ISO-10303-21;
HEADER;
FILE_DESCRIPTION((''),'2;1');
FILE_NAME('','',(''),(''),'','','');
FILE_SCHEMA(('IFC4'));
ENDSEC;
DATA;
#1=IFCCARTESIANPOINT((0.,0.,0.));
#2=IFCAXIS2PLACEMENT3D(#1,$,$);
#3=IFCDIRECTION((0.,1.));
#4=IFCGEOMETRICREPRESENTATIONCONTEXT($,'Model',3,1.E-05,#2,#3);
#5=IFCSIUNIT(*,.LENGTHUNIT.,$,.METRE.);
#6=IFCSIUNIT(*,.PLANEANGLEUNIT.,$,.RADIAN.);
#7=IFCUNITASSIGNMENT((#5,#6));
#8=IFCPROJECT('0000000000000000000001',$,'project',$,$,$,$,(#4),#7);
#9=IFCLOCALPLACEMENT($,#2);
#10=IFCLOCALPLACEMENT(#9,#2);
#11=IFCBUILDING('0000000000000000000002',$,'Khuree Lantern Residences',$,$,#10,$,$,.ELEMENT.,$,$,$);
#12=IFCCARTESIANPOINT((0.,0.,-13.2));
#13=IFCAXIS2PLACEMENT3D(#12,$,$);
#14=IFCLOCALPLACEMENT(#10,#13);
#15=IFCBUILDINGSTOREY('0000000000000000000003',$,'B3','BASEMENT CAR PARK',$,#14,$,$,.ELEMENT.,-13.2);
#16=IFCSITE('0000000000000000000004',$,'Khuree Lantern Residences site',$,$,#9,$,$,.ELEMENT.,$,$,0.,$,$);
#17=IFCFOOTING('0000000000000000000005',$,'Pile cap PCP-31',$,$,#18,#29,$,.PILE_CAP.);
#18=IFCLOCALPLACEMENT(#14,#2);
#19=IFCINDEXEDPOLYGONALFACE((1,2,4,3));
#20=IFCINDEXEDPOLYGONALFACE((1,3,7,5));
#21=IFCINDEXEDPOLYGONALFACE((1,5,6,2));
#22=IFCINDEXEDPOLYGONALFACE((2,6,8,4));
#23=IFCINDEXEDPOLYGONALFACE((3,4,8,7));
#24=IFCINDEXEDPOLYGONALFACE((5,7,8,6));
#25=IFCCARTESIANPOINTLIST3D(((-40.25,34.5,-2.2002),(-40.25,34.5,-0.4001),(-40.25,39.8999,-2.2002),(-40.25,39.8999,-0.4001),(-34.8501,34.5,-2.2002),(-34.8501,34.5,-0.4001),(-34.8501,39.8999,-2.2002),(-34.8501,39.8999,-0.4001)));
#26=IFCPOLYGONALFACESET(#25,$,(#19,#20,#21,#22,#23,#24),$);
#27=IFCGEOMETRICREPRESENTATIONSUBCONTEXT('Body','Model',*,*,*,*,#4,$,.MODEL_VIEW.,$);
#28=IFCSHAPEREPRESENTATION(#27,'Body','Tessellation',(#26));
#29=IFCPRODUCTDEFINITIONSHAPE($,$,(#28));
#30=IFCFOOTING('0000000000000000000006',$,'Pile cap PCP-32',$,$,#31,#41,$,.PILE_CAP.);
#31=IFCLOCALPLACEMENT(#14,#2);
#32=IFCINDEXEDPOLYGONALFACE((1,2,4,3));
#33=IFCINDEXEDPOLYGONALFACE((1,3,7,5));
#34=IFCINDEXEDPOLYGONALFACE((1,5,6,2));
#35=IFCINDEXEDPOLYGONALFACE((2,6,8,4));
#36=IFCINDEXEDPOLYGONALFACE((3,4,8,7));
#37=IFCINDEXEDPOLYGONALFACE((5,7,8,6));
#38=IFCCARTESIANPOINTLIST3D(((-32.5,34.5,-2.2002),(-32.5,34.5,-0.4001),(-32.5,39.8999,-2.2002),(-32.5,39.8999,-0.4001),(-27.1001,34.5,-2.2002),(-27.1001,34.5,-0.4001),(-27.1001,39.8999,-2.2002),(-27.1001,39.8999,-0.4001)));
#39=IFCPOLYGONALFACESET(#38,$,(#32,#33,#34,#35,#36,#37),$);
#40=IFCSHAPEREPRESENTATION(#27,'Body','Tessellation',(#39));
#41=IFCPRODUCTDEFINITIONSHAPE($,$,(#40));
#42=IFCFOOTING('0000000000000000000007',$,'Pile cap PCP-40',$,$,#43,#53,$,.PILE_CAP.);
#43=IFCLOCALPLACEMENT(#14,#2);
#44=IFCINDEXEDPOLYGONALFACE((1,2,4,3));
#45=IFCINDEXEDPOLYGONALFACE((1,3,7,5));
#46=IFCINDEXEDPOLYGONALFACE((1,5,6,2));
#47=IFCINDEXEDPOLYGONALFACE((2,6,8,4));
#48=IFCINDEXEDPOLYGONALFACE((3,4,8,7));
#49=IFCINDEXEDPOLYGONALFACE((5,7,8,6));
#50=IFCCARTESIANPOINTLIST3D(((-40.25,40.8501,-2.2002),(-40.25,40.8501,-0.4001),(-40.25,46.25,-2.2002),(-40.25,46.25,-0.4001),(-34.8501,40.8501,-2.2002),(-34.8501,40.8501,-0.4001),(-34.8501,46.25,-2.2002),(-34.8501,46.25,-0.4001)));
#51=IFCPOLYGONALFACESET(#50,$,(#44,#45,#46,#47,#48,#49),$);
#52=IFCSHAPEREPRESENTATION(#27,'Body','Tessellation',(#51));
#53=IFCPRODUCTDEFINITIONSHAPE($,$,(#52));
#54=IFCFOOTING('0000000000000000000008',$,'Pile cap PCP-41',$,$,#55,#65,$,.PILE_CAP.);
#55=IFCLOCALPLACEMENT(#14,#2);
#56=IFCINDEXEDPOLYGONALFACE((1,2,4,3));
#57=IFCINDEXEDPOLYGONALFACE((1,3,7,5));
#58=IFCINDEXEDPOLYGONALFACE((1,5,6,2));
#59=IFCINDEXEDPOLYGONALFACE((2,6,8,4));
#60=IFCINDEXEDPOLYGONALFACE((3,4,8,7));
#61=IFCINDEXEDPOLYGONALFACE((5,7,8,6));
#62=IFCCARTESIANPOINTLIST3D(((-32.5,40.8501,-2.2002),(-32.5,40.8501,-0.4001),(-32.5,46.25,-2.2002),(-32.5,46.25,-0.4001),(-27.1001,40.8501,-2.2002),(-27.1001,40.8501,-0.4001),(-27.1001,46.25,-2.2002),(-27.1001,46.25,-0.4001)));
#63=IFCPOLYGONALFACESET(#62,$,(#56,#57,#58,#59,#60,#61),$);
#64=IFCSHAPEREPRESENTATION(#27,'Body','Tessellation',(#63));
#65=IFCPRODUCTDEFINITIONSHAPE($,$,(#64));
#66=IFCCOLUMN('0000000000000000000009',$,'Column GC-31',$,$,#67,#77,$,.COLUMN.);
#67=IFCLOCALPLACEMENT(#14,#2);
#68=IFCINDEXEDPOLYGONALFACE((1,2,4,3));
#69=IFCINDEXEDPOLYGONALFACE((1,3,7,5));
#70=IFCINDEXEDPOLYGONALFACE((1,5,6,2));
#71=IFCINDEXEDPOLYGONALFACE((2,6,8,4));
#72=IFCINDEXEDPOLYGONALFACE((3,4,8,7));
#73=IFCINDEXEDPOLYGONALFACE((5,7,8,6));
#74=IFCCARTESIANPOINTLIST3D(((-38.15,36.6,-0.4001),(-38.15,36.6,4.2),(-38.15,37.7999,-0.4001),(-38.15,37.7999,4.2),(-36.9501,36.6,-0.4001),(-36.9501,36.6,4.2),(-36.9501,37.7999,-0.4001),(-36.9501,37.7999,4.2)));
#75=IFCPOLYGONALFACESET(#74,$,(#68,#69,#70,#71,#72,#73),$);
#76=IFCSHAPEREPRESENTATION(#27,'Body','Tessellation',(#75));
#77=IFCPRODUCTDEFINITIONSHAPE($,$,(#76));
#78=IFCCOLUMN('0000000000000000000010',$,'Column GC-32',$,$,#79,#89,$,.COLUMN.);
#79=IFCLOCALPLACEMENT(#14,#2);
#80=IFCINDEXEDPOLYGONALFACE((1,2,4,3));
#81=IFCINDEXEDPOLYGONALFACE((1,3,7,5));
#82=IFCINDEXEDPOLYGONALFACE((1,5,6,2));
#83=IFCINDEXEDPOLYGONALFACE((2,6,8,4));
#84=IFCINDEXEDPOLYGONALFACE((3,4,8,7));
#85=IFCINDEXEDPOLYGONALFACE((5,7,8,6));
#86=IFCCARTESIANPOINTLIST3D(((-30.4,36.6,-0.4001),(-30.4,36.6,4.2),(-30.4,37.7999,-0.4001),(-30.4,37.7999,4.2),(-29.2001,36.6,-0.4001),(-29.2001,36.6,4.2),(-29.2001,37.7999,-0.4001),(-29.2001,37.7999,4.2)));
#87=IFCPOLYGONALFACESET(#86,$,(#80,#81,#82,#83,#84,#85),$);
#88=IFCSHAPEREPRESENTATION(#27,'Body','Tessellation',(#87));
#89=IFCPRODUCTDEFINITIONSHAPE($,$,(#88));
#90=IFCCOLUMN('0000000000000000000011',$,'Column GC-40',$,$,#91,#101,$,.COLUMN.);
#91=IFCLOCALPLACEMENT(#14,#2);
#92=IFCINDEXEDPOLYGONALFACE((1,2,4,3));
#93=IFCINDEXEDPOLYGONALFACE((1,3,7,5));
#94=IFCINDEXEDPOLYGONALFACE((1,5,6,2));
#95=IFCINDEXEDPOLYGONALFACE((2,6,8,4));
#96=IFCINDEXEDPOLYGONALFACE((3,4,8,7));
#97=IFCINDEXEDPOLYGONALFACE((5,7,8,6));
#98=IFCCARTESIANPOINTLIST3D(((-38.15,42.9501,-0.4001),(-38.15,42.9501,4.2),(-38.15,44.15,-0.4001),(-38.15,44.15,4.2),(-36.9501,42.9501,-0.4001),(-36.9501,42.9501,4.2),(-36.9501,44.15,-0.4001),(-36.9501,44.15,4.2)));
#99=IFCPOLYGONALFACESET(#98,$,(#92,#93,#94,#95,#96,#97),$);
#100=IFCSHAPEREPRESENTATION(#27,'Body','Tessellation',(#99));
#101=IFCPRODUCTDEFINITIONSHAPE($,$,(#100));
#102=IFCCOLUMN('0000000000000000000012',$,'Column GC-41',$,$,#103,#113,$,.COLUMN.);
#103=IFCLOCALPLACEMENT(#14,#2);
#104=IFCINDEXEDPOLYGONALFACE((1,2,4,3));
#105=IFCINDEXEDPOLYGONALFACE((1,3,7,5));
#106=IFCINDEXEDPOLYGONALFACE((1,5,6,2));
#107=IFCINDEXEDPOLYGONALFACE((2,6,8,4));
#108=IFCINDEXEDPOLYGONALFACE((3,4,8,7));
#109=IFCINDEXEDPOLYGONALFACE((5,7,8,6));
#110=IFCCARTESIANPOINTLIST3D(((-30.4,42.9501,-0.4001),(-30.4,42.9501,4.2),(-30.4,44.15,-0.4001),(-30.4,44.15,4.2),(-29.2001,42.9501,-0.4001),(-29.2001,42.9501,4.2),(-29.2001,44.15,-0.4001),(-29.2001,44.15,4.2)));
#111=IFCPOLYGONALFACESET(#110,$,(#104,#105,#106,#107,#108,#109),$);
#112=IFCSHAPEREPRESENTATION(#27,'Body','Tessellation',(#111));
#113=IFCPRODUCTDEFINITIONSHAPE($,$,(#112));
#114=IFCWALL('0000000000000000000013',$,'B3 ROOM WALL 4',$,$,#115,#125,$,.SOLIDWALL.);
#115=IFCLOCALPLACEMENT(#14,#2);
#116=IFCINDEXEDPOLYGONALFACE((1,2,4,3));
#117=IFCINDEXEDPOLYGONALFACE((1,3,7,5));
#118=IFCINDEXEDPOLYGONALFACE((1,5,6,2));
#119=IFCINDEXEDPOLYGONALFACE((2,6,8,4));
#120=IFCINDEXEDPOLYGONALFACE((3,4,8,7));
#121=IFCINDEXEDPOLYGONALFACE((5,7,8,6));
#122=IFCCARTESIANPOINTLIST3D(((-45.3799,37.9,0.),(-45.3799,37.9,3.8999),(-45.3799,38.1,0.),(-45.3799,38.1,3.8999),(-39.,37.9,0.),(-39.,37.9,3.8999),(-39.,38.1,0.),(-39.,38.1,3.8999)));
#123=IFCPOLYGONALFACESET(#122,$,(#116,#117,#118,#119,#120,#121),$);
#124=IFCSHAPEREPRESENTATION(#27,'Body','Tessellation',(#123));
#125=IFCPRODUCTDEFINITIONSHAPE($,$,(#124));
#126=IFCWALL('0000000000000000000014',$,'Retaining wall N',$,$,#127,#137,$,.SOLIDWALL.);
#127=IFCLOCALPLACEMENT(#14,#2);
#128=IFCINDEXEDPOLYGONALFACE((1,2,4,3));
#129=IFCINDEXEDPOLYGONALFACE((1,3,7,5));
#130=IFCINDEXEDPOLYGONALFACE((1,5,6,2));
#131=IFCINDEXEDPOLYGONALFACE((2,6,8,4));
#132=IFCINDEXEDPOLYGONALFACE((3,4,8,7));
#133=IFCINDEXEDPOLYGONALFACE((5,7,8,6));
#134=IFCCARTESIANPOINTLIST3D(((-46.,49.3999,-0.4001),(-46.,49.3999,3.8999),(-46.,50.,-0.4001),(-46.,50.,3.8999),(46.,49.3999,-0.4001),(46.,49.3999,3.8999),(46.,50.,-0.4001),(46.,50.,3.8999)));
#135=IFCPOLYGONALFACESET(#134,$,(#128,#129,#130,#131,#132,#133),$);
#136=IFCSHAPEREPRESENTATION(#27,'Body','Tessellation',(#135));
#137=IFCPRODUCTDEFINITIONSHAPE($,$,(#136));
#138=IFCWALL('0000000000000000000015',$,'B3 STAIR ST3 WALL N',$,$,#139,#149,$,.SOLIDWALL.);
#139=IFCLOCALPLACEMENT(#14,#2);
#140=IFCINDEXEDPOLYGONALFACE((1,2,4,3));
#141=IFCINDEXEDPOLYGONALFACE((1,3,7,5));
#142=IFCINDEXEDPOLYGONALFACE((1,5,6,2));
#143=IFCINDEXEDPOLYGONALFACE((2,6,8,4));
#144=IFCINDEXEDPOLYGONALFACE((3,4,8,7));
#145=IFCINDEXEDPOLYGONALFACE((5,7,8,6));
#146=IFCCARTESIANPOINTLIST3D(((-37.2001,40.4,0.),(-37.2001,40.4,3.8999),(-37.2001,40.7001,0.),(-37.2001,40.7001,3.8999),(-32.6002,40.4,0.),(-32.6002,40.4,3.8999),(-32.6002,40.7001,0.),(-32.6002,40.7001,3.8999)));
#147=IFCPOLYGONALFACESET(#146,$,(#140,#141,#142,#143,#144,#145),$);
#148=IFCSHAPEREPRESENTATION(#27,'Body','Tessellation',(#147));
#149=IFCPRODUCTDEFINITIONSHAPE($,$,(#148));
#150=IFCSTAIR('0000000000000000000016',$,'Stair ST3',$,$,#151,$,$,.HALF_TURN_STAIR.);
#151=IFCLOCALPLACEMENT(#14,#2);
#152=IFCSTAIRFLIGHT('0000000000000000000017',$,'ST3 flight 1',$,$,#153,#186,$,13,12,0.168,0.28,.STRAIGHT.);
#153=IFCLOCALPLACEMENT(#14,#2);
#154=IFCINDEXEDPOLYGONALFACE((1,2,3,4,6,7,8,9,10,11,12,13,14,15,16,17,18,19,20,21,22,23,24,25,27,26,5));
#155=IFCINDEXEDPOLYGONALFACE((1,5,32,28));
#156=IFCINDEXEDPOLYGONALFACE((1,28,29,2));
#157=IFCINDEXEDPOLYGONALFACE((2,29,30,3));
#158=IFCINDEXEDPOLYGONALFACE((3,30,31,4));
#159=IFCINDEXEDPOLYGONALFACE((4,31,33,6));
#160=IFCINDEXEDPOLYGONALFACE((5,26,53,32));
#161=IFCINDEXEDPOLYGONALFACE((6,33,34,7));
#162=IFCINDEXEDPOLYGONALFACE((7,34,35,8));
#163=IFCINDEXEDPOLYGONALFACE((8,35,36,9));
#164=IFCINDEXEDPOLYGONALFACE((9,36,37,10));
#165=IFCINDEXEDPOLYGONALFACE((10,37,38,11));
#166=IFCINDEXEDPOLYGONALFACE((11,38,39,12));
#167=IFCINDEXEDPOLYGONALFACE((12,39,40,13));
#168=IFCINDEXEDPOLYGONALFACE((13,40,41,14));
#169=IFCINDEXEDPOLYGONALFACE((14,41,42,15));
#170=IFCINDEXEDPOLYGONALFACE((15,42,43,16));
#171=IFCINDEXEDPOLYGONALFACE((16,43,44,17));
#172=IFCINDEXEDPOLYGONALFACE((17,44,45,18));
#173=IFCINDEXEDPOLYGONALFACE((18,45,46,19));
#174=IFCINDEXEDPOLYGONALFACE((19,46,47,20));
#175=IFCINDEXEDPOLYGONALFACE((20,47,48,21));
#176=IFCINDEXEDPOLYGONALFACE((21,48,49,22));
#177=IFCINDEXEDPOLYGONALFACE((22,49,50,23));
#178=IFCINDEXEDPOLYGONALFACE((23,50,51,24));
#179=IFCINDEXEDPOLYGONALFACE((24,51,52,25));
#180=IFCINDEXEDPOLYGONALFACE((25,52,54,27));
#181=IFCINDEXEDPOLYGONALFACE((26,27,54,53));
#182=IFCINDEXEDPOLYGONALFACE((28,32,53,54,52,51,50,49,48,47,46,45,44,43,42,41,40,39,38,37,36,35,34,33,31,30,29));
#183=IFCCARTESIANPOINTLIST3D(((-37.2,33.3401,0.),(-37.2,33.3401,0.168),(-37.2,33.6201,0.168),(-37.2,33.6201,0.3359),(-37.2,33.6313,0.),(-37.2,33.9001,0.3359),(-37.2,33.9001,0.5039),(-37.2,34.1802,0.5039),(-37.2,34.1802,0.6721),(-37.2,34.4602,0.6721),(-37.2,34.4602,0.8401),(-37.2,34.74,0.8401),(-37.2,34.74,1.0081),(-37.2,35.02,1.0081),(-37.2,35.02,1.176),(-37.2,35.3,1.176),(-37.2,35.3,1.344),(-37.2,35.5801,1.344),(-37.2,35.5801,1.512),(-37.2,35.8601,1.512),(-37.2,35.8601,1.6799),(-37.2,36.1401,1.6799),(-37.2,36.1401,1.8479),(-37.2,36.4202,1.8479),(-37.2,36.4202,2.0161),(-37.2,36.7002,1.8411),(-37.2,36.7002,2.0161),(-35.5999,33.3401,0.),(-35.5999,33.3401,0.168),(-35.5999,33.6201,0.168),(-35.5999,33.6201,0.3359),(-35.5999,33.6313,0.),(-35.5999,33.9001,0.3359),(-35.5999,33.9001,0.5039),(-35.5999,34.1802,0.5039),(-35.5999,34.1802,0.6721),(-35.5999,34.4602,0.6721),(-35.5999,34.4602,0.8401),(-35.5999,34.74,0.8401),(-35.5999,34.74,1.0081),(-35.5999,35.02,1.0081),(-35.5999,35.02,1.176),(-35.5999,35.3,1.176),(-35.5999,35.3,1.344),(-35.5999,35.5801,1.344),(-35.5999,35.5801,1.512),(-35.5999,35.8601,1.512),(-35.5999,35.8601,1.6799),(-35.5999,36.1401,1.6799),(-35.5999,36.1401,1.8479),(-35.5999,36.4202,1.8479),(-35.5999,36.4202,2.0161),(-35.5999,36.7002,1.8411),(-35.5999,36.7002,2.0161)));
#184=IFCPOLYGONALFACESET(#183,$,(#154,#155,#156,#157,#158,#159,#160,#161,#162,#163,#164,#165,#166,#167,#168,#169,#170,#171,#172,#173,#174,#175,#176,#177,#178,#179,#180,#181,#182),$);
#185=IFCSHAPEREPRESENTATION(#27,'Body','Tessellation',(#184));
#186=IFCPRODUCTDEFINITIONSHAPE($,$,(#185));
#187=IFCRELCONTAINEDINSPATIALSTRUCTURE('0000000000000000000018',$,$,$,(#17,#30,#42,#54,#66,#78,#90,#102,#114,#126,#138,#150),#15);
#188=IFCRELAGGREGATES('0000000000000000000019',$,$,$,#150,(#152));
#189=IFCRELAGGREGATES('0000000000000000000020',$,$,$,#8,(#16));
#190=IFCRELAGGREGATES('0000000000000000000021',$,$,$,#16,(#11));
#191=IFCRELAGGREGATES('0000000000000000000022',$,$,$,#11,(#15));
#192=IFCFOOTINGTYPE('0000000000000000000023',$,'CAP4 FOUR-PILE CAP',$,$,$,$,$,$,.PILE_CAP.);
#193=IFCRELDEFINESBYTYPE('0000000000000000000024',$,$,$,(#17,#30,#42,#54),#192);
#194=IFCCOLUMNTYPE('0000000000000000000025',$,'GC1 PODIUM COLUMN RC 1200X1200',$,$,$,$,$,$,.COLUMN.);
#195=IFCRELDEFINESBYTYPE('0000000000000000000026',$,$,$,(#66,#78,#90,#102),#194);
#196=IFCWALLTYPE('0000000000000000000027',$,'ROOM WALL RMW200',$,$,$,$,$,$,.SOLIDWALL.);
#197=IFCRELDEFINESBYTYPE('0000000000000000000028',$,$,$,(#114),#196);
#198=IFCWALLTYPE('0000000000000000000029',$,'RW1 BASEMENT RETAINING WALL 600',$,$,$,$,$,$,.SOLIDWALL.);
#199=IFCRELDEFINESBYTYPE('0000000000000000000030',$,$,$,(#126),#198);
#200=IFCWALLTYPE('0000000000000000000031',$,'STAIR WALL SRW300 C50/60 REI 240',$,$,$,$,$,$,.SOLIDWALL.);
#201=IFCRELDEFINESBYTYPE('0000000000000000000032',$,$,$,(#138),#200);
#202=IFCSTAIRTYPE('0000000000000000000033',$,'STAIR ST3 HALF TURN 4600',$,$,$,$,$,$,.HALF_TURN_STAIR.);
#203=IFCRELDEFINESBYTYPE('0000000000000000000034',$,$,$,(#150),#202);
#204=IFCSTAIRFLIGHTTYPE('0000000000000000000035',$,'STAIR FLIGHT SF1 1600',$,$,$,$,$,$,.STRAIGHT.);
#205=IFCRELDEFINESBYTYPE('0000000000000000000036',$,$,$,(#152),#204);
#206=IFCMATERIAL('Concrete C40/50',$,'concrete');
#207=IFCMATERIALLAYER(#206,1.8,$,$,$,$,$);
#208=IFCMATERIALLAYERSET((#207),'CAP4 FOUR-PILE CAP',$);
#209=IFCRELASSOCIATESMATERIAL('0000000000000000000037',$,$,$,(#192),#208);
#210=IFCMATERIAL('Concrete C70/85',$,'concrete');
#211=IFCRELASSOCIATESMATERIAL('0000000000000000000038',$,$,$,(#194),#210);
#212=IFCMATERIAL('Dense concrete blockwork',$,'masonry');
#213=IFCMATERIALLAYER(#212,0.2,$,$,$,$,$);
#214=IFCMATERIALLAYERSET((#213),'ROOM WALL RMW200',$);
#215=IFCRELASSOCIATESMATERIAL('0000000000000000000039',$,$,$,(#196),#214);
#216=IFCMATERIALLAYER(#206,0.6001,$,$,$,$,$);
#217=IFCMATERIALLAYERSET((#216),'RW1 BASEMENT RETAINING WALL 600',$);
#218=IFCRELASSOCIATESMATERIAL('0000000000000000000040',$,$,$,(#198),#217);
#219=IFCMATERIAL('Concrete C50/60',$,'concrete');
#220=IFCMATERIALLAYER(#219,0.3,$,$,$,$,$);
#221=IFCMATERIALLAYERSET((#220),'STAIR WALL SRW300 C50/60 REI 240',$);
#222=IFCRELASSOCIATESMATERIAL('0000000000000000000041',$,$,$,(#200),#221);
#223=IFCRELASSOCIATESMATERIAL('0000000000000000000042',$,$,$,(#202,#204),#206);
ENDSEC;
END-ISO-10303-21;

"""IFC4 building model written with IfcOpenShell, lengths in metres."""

from ifc_helpers import new_model, si_unit, direction, frame, frame_2d, origin, origin_2d, place, context, subcontext, project, spatial, polyline, rectangle, outline, extrude, material, layer, layer_set, material_profile, profile_set, type_object, element, aggregate, save


model = new_model("IFC4")

# Units and contexts
model_context = context("Model", 3, precision=1e-05, world=origin(), true_north=direction((0.0, 1.0)))
body_context = subcontext(model_context, "Body", "Model", "MODEL_VIEW")
ifc_project = project(units=[si_unit("LENGTHUNIT", "METRE"), si_unit("PLANEANGLEUNIT", "RADIAN")], contexts=[model_context])

# Site, building, storey
site_placement = place(None, origin())
site = spatial("IfcSite", under=ifc_project, at=site_placement, Name="Khuree Lantern Residences site", CompositionType="ELEMENT", RefElevation=0.0)
building_placement = place(site_placement, origin())
building = spatial("IfcBuilding", under=site, at=building_placement, Name="Khuree Lantern Residences", CompositionType="ELEMENT")
storey_placement = place(building_placement, frame((0.0, 0.0, -13.2)))
storey = spatial("IfcBuildingStorey", under=building, at=storey_placement, Name="B3", Description="BASEMENT CAR PARK", CompositionType="ELEMENT", Elevation=-13.2)

# Footings
ifc_material_1 = material(Name="Concrete C40/50", Category="concrete")
ifc_layer_1 = layer(ifc_material_1, 1.8)
ifc_layer_set_1 = layer_set([ifc_layer_1], Name="CAP4 FOUR-PILE CAP")
footing_type = type_object("IfcFootingType", Name="CAP4 FOUR-PILE CAP", PredefinedType="PILE_CAP", material=ifc_layer_set_1)
for number, where, z_axis, x_axis, name in (
    (1, (-37.55, 37.2, -2.2002), (0.0, 0.0, 1.0), (1.0, 0.0, 0.0), "Pile cap PCP-31"),
    (2, (-29.8, 37.2, -2.2002), (0.0, 0.0, 1.0), (1.0, 0.0, 0.0), "Pile cap PCP-32"),
    (3, (-37.55, 43.55, -2.2002), (0.0, 0.0, 1.0), (1.0, 0.0, 0.0), "Pile cap PCP-40"),
    (4, (-29.8, 43.55, -2.2002), (0.0, 0.0, 1.0), (1.0, 0.0, 0.0), "Pile cap PCP-41"),
):
    element("IfcFooting", number, at=place(storey_placement, frame(where, z_axis=z_axis, x_axis=x_axis)), inside=storey, type_object=footing_type, Name=name, PredefinedType="PILE_CAP", context=body_context, shape_type="SweptSolid", body=[
        extrude(rectangle(XDim=5.3999, YDim=5.3999, at=origin_2d()), origin(), (0.0, 0.0, 1.0), 1.8),
    ])

# Columns
ifc_material_2 = material(Name="Concrete C70/85", Category="concrete")
ifc_material_profile_1 = material_profile(ifc_material_2, rectangle(XDim=1.2, YDim=1.2, at=origin_2d()), Name="RC 1200X1200")
ifc_profile_set_1 = profile_set([ifc_material_profile_1], Name="Concrete C70/85")
column_type = type_object("IfcColumnType", Name="GC1 PODIUM COLUMN RC 1200X1200", PredefinedType="COLUMN", material=ifc_profile_set_1)
for number, where, z_axis, x_axis, name in (
    (5, (-37.55, 37.2, -0.4001), (0.0, 0.0, 1.0), (1.0, 0.0, 0.0), "Column GC-31"),
    (6, (-29.8, 37.2, -0.4001), (0.0, 0.0, 1.0), (1.0, 0.0, 0.0), "Column GC-32"),
    (7, (-37.55, 43.55, -0.4001), (0.0, 0.0, 1.0), (1.0, 0.0, 0.0), "Column GC-40"),
    (8, (-29.8, 43.55, -0.4001), (0.0, 0.0, 1.0), (1.0, 0.0, 0.0), "Column GC-41"),
):
    element("IfcColumn", number, at=place(storey_placement, frame(where, z_axis=z_axis, x_axis=x_axis)), inside=storey, type_object=column_type, Name=name, PredefinedType="COLUMN", context=body_context, shape_type="SweptSolid", body=[
        extrude(rectangle(XDim=1.2, YDim=1.2, at=origin_2d()), origin(), (0.0, 0.0, 1.0), 4.6001),
    ])

# Walls
ifc_material_3 = material(Name="Dense concrete blockwork", Category="masonry")
ifc_layer_2 = layer(ifc_material_3, 0.2)
ifc_layer_set_2 = layer_set([ifc_layer_2], Name="ROOM WALL RMW200")
wall_type_1 = type_object("IfcWallType", Name="ROOM WALL RMW200", PredefinedType="SOLIDWALL", material=ifc_layer_set_2)
wall_1_placement = place(storey_placement, frame((-45.3799, 38.0, 0.0), z_axis=(0.0, 0.0, 1.0), x_axis=(1.0, 0.0, 0.0)))
element("IfcWall", 9, at=wall_1_placement, inside=storey, type_object=wall_type_1, Name="B3 ROOM WALL 4", PredefinedType="SOLIDWALL", context=body_context, shape_type="SweptSolid", body=[
    extrude(rectangle(XDim=6.3799, YDim=0.2, at=frame_2d((3.1899, 0.0))), origin(), (0.0, 0.0, 1.0), 3.8999),
])
ifc_layer_3 = layer(ifc_material_1, 0.6001)
ifc_layer_set_3 = layer_set([ifc_layer_3], Name="RW1 BASEMENT RETAINING WALL 600")
wall_type_2 = type_object("IfcWallType", Name="RW1 BASEMENT RETAINING WALL 600", PredefinedType="SOLIDWALL", material=ifc_layer_set_3)
wall_2_placement = place(storey_placement, frame((-46.0, 49.7, -0.4001), z_axis=(0.0, 0.0, 1.0), x_axis=(1.0, 0.0, 0.0)))
element("IfcWall", 10, at=wall_2_placement, inside=storey, type_object=wall_type_2, Name="Retaining wall N", PredefinedType="SOLIDWALL", context=body_context, shape_type="SweptSolid", body=[
    extrude(rectangle(XDim=92.0, YDim=0.6001, at=frame_2d((46.0, 0.0))), origin(), (0.0, 0.0, 1.0), 4.3),
])
ifc_material_4 = material(Name="Concrete C50/60", Category="concrete")
ifc_layer_4 = layer(ifc_material_4, 0.3)
ifc_layer_set_4 = layer_set([ifc_layer_4], Name="STAIR WALL SRW300 C50/60 REI 240")
wall_type_3 = type_object("IfcWallType", Name="STAIR WALL SRW300 C50/60 REI 240", PredefinedType="SOLIDWALL", material=ifc_layer_set_4)
wall_3_placement = place(storey_placement, frame((-37.2, 40.55, 0.0), z_axis=(0.0, 0.0, 1.0), x_axis=(1.0, 0.0, 0.0)))
element("IfcWall", 11, at=wall_3_placement, inside=storey, type_object=wall_type_3, Name="B3 STAIR ST3 WALL N", PredefinedType="SOLIDWALL", context=body_context, shape_type="SweptSolid", body=[
    extrude(rectangle(XDim=4.5999, YDim=0.3, at=frame_2d((2.2998, 0.0))), origin(), (0.0, 0.0, 1.0), 3.8999),
])

# Stair, stair flight
stair_type = type_object("IfcStairType", Name="STAIR ST3 HALF TURN 4600", PredefinedType="HALF_TURN_STAIR", material=ifc_material_1)
stair_placement = place(storey_placement, origin())
stair = element("IfcStair", 12, at=stair_placement, inside=storey, type_object=stair_type, Name="Stair ST3", PredefinedType="HALF_TURN_STAIR")
stair_flight_type = type_object("IfcStairFlightType", Name="STAIR FLIGHT SF1 1600", PredefinedType="STRAIGHT", material=ifc_material_1)
stair_flight_1_placement = place(storey_placement, frame((-36.3999, 33.3401, 0.0), z_axis=(0.0, 0.0, 1.0), x_axis=(0.0, 1.0, 0.0)))
stair_flight_1 = element("IfcStairFlight", 13, at=stair_flight_1_placement, type_object=stair_flight_type, Name="ST3 flight 1", NumberOfRisers=13, NumberOfTreads=12, PredefinedType="STRAIGHT", RiserHeight=0.168, TreadLength=0.28, context=body_context, shape_type="SweptSolid", body=[
    extrude(outline(polyline([(0.0, 0.0), (0.0, 0.168), (0.28, 0.168), (0.28, 0.3359), (0.5601, 0.3359), (0.5601, 0.5039), (0.8401, 0.5039), (0.8401, 0.6721), (1.1201, 0.6721), (1.1201, 0.8401), (1.3999, 0.8401), (1.3999, 1.0081), (1.6799, 1.0081), (1.6799, 1.176), (1.96, 1.176), (1.96, 1.344), (2.24, 1.344), (2.24, 1.512), (2.52, 1.512), (2.52, 1.6799), (2.8, 1.6799), (2.8, 1.8479), (3.0801, 1.8479), (3.0801, 2.0161), (3.3601, 2.0161), (3.3601, 2.1841), (3.3601, 1.8411), (0.2913, 0.0), (0.0, 0.0)])), frame((0.0, 0.8, 0.0), z_axis=(0.0, -1.0, 0.0), x_axis=(1.0, 0.0, 0.0)), (0.0, 0.0, 1.0), 1.6001),
])
aggregate(stair, [stair_flight_1])

save(model, "model.ifc")
